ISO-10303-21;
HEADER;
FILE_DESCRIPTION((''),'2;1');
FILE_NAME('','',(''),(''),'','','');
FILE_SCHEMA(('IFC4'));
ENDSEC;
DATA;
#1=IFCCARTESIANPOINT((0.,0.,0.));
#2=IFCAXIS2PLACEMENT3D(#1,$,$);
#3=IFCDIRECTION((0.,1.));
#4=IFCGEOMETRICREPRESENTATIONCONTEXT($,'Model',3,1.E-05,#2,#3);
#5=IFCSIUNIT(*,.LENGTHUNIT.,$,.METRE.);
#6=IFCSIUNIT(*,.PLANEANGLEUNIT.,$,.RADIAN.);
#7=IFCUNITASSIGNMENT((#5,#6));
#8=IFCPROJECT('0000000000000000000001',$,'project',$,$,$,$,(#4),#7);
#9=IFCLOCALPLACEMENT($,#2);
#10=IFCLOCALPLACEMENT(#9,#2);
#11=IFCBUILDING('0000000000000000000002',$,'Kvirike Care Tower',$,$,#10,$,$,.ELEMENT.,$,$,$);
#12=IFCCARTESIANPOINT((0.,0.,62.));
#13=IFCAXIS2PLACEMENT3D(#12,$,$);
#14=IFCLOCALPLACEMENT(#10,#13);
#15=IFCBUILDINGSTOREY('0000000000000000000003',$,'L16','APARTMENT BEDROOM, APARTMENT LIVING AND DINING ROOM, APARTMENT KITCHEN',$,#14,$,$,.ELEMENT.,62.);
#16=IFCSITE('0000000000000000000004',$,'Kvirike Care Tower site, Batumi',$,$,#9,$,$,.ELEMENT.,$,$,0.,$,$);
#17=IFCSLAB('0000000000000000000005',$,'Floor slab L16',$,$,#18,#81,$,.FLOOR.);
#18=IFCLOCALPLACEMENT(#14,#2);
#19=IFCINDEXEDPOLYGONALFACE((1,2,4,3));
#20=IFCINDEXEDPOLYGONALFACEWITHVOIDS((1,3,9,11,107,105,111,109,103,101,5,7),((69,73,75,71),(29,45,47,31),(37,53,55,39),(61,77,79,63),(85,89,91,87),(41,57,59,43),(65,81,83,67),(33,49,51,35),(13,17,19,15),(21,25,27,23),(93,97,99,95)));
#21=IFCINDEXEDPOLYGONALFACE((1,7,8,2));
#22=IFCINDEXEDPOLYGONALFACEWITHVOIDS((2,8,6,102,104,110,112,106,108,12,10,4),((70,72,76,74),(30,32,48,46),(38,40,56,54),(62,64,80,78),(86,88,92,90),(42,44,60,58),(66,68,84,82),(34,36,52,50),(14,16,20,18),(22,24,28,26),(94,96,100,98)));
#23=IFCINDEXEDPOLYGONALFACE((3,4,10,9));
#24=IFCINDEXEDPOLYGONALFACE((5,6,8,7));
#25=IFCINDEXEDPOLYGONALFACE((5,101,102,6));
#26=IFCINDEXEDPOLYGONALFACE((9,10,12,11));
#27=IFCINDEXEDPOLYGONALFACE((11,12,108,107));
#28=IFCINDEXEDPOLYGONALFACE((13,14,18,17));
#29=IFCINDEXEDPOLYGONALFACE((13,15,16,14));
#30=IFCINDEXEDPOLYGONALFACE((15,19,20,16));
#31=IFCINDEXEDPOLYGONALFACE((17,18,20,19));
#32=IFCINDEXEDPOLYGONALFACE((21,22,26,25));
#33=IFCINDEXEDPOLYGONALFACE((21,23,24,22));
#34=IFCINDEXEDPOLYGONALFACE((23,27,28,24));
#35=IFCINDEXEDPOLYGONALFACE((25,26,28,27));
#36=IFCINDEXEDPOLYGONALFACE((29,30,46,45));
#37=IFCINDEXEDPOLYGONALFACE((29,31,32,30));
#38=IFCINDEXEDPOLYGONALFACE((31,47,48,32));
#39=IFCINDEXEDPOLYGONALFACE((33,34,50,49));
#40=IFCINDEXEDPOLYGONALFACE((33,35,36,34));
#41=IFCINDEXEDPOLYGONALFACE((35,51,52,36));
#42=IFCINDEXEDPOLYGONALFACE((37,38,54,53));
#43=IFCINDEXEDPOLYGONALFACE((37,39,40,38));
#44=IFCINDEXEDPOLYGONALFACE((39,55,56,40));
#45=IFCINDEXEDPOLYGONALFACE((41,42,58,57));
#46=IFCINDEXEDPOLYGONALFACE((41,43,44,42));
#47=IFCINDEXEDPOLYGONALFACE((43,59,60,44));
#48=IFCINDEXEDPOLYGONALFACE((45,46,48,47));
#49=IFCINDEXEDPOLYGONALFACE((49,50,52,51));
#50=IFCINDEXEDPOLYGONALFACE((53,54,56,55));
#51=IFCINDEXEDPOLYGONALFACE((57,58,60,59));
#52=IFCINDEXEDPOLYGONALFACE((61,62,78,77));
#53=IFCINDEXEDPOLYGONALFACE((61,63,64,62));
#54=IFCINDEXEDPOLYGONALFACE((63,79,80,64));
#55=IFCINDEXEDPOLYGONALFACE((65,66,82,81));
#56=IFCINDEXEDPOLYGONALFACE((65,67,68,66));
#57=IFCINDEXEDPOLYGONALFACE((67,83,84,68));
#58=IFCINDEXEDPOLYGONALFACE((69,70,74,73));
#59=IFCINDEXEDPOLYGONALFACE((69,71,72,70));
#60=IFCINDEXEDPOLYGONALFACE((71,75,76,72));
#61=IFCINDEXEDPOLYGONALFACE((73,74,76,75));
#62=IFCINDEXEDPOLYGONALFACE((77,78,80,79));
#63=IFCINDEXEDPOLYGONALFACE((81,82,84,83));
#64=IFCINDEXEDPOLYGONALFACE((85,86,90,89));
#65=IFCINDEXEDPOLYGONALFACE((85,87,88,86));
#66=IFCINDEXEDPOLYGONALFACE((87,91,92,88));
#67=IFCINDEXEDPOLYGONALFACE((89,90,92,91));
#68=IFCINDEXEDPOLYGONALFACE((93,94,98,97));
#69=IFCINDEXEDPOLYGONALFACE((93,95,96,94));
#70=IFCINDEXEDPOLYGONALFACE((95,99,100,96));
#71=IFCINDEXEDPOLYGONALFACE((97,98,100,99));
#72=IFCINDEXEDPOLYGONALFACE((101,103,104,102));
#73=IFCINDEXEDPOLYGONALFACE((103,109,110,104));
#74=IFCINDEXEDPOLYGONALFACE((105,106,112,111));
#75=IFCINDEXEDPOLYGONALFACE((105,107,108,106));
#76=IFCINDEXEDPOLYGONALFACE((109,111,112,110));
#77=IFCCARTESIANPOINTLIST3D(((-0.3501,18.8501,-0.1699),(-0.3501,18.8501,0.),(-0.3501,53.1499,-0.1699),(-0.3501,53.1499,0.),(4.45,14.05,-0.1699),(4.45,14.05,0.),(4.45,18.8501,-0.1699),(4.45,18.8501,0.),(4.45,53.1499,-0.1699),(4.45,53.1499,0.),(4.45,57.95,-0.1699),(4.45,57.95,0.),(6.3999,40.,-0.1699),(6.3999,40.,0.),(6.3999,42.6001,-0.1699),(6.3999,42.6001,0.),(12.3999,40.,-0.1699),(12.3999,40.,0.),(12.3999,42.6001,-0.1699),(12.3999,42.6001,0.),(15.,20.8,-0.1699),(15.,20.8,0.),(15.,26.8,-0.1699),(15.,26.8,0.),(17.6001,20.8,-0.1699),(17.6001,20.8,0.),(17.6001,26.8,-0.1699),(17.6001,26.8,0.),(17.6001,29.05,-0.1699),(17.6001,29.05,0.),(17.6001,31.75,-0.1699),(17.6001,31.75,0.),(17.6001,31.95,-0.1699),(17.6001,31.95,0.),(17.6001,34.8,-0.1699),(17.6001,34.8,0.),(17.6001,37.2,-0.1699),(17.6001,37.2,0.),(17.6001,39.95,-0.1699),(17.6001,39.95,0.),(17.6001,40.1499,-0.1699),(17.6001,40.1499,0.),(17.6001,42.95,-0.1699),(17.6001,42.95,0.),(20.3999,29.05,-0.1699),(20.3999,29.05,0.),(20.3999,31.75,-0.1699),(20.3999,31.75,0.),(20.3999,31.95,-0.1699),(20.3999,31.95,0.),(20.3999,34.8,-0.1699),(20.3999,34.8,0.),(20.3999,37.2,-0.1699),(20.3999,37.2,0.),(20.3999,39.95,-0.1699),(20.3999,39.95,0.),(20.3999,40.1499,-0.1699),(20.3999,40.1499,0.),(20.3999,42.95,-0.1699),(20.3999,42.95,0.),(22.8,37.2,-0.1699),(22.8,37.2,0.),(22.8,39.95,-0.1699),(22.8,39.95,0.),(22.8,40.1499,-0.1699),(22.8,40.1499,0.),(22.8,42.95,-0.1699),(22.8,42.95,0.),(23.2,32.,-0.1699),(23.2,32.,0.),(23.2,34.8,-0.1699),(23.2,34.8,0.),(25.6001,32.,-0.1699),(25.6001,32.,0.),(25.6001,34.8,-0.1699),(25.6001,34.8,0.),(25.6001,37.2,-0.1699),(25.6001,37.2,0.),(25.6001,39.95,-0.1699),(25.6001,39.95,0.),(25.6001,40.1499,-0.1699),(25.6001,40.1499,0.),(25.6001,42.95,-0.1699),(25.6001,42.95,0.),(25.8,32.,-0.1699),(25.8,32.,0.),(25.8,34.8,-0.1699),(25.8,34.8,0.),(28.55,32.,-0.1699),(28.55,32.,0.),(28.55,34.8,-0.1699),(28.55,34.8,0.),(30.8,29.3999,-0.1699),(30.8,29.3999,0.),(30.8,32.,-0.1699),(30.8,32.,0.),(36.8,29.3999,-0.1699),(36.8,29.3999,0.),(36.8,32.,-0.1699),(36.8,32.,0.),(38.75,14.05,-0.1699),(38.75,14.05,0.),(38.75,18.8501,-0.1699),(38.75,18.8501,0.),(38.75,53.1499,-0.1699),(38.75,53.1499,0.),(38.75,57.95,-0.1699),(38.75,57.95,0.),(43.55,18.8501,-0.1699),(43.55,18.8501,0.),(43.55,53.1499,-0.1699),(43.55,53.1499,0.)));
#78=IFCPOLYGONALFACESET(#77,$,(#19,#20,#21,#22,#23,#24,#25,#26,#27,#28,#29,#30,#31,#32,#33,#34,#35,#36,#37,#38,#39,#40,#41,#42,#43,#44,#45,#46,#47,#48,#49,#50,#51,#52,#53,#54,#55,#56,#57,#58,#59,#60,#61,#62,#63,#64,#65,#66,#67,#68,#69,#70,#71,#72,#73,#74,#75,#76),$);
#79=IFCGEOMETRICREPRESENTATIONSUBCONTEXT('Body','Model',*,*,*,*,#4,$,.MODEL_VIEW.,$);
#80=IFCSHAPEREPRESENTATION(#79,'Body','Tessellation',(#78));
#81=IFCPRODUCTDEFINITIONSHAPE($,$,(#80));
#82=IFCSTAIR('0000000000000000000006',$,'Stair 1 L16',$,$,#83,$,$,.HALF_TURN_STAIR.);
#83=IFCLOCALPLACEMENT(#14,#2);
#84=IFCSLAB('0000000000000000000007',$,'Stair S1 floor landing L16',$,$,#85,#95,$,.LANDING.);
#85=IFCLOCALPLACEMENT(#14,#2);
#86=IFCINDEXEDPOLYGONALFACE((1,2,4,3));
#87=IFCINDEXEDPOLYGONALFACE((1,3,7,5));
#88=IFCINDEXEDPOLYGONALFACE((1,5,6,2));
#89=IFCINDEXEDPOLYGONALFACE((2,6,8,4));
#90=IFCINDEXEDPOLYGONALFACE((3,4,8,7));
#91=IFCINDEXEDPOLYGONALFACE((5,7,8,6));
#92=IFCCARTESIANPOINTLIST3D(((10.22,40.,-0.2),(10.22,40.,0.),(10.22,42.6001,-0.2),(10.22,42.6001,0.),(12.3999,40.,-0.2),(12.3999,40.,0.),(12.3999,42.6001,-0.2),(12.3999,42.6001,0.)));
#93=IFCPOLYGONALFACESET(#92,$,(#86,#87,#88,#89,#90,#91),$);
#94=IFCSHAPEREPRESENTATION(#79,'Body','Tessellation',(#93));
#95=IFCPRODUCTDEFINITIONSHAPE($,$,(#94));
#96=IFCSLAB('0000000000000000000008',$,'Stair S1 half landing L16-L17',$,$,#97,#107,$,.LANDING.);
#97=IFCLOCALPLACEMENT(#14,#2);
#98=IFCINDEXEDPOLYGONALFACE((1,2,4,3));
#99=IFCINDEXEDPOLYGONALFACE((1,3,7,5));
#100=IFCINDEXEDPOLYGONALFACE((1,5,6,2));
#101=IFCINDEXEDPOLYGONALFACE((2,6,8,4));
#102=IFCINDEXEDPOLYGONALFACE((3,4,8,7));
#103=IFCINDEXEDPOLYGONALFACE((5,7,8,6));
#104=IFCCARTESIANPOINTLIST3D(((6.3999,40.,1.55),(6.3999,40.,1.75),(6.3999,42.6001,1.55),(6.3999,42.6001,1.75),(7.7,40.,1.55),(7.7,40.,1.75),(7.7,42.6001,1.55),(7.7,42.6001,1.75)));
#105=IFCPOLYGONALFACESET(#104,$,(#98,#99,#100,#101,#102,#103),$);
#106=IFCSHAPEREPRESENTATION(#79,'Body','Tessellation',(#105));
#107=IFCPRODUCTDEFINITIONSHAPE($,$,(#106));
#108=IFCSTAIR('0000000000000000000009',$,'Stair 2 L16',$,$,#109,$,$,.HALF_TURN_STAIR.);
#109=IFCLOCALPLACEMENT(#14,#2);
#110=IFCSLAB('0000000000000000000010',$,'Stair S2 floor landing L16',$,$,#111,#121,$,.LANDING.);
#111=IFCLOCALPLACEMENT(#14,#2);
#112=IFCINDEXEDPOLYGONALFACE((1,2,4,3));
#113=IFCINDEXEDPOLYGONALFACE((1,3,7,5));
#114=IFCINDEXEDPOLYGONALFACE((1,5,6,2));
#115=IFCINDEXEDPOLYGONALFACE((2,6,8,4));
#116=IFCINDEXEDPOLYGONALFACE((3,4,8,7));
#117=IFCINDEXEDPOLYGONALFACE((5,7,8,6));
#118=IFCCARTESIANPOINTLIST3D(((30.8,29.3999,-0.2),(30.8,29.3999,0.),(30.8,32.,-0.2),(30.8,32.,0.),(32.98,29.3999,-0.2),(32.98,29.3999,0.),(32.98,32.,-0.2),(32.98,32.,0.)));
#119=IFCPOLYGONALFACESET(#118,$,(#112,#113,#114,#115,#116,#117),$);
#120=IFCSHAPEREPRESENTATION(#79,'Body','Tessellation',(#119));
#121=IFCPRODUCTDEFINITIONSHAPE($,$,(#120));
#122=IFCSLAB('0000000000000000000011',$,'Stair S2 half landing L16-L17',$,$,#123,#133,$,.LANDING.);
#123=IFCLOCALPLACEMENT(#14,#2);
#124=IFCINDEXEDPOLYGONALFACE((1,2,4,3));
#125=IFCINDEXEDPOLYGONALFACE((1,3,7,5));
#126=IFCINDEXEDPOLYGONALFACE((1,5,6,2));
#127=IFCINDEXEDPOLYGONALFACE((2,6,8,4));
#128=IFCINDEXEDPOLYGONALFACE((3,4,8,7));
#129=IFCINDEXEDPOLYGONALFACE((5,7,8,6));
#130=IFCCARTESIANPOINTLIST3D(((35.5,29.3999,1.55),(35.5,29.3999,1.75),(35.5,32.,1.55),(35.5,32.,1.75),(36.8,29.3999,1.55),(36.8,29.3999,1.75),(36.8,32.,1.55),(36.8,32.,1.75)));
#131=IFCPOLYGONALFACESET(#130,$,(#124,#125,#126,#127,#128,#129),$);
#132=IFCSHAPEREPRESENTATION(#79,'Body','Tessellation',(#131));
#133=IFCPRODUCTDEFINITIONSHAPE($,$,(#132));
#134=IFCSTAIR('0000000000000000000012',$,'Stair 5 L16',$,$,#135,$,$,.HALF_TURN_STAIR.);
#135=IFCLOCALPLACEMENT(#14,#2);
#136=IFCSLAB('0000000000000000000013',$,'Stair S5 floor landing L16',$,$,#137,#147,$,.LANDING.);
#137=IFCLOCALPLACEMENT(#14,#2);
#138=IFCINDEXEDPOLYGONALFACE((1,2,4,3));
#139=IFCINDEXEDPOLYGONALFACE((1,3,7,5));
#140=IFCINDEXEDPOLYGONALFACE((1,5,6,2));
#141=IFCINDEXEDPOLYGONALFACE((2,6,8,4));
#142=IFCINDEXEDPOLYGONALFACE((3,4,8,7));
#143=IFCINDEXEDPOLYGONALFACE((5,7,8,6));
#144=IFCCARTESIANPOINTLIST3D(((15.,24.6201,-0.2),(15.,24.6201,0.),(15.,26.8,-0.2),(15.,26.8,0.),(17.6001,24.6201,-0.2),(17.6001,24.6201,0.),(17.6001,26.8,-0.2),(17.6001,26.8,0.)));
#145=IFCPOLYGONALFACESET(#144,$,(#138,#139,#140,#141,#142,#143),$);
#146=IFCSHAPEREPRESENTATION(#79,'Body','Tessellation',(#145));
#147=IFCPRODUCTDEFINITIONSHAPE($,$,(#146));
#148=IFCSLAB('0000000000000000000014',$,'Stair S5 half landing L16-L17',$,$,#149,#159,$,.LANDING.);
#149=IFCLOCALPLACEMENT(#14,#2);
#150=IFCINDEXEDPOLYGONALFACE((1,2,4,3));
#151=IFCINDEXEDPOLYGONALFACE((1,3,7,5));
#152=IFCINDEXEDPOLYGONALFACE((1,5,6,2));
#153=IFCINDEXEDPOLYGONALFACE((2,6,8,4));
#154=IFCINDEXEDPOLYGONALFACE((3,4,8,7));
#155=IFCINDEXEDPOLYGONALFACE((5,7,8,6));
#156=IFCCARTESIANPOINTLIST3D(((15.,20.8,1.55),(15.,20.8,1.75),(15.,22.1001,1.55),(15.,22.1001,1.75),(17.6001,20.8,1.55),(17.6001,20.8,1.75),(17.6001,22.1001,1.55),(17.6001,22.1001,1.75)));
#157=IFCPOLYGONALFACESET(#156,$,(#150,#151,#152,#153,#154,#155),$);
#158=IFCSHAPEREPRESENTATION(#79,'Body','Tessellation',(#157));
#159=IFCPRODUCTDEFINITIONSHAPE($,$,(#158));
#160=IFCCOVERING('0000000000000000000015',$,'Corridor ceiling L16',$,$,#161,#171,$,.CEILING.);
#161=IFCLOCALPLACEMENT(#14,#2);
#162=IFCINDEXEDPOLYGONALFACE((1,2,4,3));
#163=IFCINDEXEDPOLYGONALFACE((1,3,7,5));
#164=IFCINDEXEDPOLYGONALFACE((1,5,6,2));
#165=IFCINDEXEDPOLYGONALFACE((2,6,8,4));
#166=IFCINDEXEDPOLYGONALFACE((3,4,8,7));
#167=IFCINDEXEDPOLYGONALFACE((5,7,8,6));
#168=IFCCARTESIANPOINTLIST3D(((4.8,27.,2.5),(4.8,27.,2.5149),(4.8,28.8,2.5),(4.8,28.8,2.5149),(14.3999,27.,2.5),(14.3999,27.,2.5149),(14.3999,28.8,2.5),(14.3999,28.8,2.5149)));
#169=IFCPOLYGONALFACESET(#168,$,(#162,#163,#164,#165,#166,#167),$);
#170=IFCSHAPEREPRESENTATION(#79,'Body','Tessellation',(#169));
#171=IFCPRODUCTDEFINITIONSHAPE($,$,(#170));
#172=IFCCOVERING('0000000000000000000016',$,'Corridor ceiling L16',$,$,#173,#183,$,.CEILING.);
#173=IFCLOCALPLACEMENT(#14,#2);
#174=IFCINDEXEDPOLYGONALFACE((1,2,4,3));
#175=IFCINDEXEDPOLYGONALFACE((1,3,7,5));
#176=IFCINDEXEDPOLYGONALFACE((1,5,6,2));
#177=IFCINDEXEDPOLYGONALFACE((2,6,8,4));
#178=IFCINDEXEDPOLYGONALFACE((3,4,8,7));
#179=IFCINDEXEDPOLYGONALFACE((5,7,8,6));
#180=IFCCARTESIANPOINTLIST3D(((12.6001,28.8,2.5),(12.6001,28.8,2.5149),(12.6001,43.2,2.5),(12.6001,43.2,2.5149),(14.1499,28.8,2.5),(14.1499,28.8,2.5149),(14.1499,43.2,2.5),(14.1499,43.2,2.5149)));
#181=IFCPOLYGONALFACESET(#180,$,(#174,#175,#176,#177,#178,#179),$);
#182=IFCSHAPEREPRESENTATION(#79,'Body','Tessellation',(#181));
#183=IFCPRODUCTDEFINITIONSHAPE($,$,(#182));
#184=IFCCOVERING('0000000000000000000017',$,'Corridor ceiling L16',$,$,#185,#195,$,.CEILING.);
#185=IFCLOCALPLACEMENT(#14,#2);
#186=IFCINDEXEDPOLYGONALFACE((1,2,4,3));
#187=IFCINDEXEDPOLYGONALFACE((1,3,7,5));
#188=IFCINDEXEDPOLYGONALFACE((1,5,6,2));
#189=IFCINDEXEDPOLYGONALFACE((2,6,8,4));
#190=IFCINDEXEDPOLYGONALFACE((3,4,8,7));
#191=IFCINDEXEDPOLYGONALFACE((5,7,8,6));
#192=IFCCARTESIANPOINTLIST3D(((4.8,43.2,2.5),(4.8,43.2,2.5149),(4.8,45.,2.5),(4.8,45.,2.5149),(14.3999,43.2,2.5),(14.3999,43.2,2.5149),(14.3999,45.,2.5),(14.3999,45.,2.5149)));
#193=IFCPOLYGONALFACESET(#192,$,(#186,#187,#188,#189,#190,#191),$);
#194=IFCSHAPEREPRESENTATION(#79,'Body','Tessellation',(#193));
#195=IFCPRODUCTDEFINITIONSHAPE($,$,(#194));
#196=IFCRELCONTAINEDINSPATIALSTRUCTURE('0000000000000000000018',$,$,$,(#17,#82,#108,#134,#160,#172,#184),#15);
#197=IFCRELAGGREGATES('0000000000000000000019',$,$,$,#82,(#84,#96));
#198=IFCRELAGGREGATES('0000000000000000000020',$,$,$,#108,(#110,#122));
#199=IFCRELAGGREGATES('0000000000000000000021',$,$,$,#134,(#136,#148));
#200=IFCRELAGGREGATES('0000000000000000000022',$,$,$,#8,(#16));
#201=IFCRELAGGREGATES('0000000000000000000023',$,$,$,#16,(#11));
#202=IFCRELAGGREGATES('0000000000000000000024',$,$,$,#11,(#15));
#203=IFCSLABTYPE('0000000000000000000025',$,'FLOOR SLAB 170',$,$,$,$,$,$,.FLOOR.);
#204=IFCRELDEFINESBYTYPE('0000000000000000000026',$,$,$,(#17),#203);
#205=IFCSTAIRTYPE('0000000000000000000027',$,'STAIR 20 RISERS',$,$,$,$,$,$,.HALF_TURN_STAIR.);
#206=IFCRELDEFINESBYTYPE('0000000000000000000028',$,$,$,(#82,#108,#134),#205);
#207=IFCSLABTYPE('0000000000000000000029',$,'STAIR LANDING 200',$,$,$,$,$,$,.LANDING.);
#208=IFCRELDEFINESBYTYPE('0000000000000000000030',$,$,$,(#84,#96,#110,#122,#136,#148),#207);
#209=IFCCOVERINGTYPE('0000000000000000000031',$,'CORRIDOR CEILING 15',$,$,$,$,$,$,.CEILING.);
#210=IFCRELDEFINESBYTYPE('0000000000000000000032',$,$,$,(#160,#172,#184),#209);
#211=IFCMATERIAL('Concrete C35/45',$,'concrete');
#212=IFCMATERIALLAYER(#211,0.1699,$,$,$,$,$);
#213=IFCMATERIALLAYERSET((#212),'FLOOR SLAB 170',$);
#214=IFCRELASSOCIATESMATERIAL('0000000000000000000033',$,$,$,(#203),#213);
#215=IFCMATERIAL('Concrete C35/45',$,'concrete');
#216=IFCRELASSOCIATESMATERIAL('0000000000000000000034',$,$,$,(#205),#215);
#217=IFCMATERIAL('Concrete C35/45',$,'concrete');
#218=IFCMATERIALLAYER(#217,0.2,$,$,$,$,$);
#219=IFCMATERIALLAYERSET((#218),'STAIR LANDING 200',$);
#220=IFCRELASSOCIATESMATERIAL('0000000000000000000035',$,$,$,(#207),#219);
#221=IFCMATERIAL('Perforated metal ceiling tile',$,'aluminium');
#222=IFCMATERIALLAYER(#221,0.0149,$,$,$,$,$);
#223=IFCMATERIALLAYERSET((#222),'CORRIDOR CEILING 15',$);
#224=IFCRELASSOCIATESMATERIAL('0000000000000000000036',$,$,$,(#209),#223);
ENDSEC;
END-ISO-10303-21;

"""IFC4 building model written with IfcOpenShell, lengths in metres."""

from ifc_helpers import new_model, si_unit, direction, frame, origin, place, context, subcontext, project, spatial, polyline, outline, extrude, material, layer, layer_set, type_object, element, aggregate, save


model = new_model("IFC4")

# Units and contexts
model_context = context("Model", 3, precision=1e-05, world=origin(), true_north=direction((0.0, 1.0)))
body_context = subcontext(model_context, "Body", "Model", "MODEL_VIEW")
ifc_project = project(units=[si_unit("LENGTHUNIT", "METRE"), si_unit("PLANEANGLEUNIT", "RADIAN")], contexts=[model_context])

# Site, building, storey
site_placement = place(None, origin())
site = spatial("IfcSite", under=ifc_project, at=site_placement, Name="Kvirike Care Tower site, Batumi", CompositionType="ELEMENT", RefElevation=0.0)
building_placement = place(site_placement, origin())
building = spatial("IfcBuilding", under=site, at=building_placement, Name="Kvirike Care Tower", CompositionType="ELEMENT")
storey_placement = place(building_placement, frame((0.0, 0.0, 62.0)))
storey = spatial("IfcBuildingStorey", under=building, at=storey_placement, Name="L16", Description="APARTMENT BEDROOM, APARTMENT LIVING AND DINING ROOM, APARTMENT KITCHEN", CompositionType="ELEMENT", Elevation=62.0)

# Slab
ifc_material_1 = material(Name="Concrete C35/45", Category="concrete")
ifc_layer_1 = layer(ifc_material_1, 0.1699)
ifc_layer_set_1 = layer_set([ifc_layer_1], Name="FLOOR SLAB 170")
slab_type_1 = type_object("IfcSlabType", Name="FLOOR SLAB 170", PredefinedType="FLOOR", material=ifc_layer_set_1)
slab_1_placement = place(storey_placement, frame((0.0, 0.0, -0.1699)))
element("IfcSlab", 1, at=slab_1_placement, inside=storey, type_object=slab_type_1, Name="Floor slab L16", PredefinedType="FLOOR", context=body_context, shape_type="SweptSolid", body=[
    extrude(outline(polyline([(-0.3501, 53.1499), (-0.3501, 18.8501), (4.45, 18.8501), (4.45, 14.05), (38.75, 14.05), (38.75, 18.8501), (43.55, 18.8501), (43.55, 53.1499), (38.75, 53.1499), (38.75, 57.95), (4.45, 57.95), (4.45, 53.1499), (-0.3501, 53.1499)]), holes=[polyline([(17.6001, 29.05), (17.6001, 31.75), (20.3999, 31.75), (20.3999, 29.05), (17.6001, 29.05)]), polyline([(17.6001, 31.95), (17.6001, 34.8), (20.3999, 34.8), (20.3999, 31.95), (17.6001, 31.95)]), polyline([(17.6001, 37.2), (17.6001, 39.95), (20.3999, 39.95), (20.3999, 37.2), (17.6001, 37.2)]), polyline([(17.6001, 40.1499), (17.6001, 42.95), (20.3999, 42.95), (20.3999, 40.1499), (17.6001, 40.1499)]), polyline([(22.8, 37.2), (22.8, 39.95), (25.6001, 39.95), (25.6001, 37.2), (22.8, 37.2)]), polyline([(22.8, 40.1499), (22.8, 42.95), (25.6001, 42.95), (25.6001, 40.1499), (22.8, 40.1499)]), polyline([(23.2, 32.0), (23.2, 34.8), (25.6001, 34.8), (25.6001, 32.0), (23.2, 32.0)]), polyline([(25.8, 32.0), (25.8, 34.8), (28.55, 34.8), (28.55, 32.0), (25.8, 32.0)]), polyline([(12.3999, 42.6001), (12.3999, 40.0), (6.3999, 40.0), (6.3999, 42.6001), (12.3999, 42.6001)]), polyline([(30.8, 29.3999), (30.8, 32.0), (36.8, 32.0), (36.8, 29.3999), (30.8, 29.3999)]), polyline([(15.0, 26.8), (17.6001, 26.8), (17.6001, 20.8), (15.0, 20.8), (15.0, 26.8)])]), origin(), (0.0, 0.0, 1.0), 0.1699),
])

# Stairs, slabs
ifc_material_2 = material(Name="Concrete C35/45", Category="concrete")
stair_type = type_object("IfcStairType", Name="STAIR 20 RISERS", PredefinedType="HALF_TURN_STAIR", material=ifc_material_2)
stair_1_placement = place(storey_placement, origin())
stair_1 = element("IfcStair", 2, at=stair_1_placement, inside=storey, type_object=stair_type, Name="Stair 1 L16", PredefinedType="HALF_TURN_STAIR")
ifc_material_3 = material(Name="Concrete C35/45", Category="concrete")
ifc_layer_2 = layer(ifc_material_3, 0.2)
ifc_layer_set_2 = layer_set([ifc_layer_2], Name="STAIR LANDING 200")
slab_type_2 = type_object("IfcSlabType", Name="STAIR LANDING 200", PredefinedType="LANDING", material=ifc_layer_set_2)
slab_2_placement = place(storey_placement, frame((0.0, 0.0, -0.2)))
slab_2 = element("IfcSlab", 3, at=slab_2_placement, type_object=slab_type_2, Name="Stair S1 floor landing L16", PredefinedType="LANDING", context=body_context, shape_type="SweptSolid", body=[
    extrude(outline(polyline([(10.22, 42.6001), (10.22, 40.0), (12.3999, 40.0), (12.3999, 42.6001), (10.22, 42.6001)])), origin(), (0.0, 0.0, 1.0), 0.2),
])
slab_3_placement = place(storey_placement, frame((0.0, 0.0, 1.55)))
slab_3 = element("IfcSlab", 4, at=slab_3_placement, type_object=slab_type_2, Name="Stair S1 half landing L16-L17", PredefinedType="LANDING", context=body_context, shape_type="SweptSolid", body=[
    extrude(outline(polyline([(6.3999, 42.6001), (6.3999, 40.0), (7.7, 40.0), (7.7, 42.6001), (6.3999, 42.6001)])), origin(), (0.0, 0.0, 1.0), 0.2),
])
aggregate(stair_1, [slab_2, slab_3])
stair_2_placement = place(storey_placement, origin())
stair_2 = element("IfcStair", 5, at=stair_2_placement, inside=storey, type_object=stair_type, Name="Stair 2 L16", PredefinedType="HALF_TURN_STAIR")
slab_4_placement = place(storey_placement, frame((0.0, 0.0, -0.2)))
slab_4 = element("IfcSlab", 6, at=slab_4_placement, type_object=slab_type_2, Name="Stair S2 floor landing L16", PredefinedType="LANDING", context=body_context, shape_type="SweptSolid", body=[
    extrude(outline(polyline([(32.98, 29.3999), (32.98, 32.0), (30.8, 32.0), (30.8, 29.3999), (32.98, 29.3999)])), origin(), (0.0, 0.0, 1.0), 0.2),
])
slab_5_placement = place(storey_placement, frame((0.0, 0.0, 1.55)))
slab_5 = element("IfcSlab", 7, at=slab_5_placement, type_object=slab_type_2, Name="Stair S2 half landing L16-L17", PredefinedType="LANDING", context=body_context, shape_type="SweptSolid", body=[
    extrude(outline(polyline([(36.8, 29.3999), (36.8, 32.0), (35.5, 32.0), (35.5, 29.3999), (36.8, 29.3999)])), origin(), (0.0, 0.0, 1.0), 0.2),
])
aggregate(stair_2, [slab_4, slab_5])
stair_3_placement = place(storey_placement, origin())
stair_3 = element("IfcStair", 8, at=stair_3_placement, inside=storey, type_object=stair_type, Name="Stair 5 L16", PredefinedType="HALF_TURN_STAIR")
slab_6_placement = place(storey_placement, frame((0.0, 0.0, -0.2)))
slab_6 = element("IfcSlab", 9, at=slab_6_placement, type_object=slab_type_2, Name="Stair S5 floor landing L16", PredefinedType="LANDING", context=body_context, shape_type="SweptSolid", body=[
    extrude(outline(polyline([(15.0, 24.6201), (17.6001, 24.6201), (17.6001, 26.8), (15.0, 26.8), (15.0, 24.6201)])), origin(), (0.0, 0.0, 1.0), 0.2),
])
slab_7_placement = place(storey_placement, frame((0.0, 0.0, 1.55)))
slab_7 = element("IfcSlab", 10, at=slab_7_placement, type_object=slab_type_2, Name="Stair S5 half landing L16-L17", PredefinedType="LANDING", context=body_context, shape_type="SweptSolid", body=[
    extrude(outline(polyline([(15.0, 20.8), (17.6001, 20.8), (17.6001, 22.1001), (15.0, 22.1001), (15.0, 20.8)])), origin(), (0.0, 0.0, 1.0), 0.2),
])
aggregate(stair_3, [slab_6, slab_7])

# Coverings
ifc_material_4 = material(Name="Perforated metal ceiling tile", Category="aluminium")
ifc_layer_3 = layer(ifc_material_4, 0.0149)
ifc_layer_set_3 = layer_set([ifc_layer_3], Name="CORRIDOR CEILING 15")
covering_type_1 = type_object("IfcCoveringType", Name="CORRIDOR CEILING 15", PredefinedType="CEILING", material=ifc_layer_set_3)
covering_1_placement = place(storey_placement, frame((0.0, 0.0, 2.5)))
element("IfcCovering", 11, at=covering_1_placement, inside=storey, type_object=covering_type_1, Name="Corridor ceiling L16", PredefinedType="CEILING", context=body_context, shape_type="SweptSolid", body=[
    extrude(outline(polyline([(4.8, 27.0), (4.8, 28.8), (14.3999, 28.8), (14.3999, 27.0), (4.8, 27.0)])), origin(), (0.0, 0.0, 1.0), 0.0149),
])
covering_2_placement = place(storey_placement, frame((0.0, 0.0, 2.5)))
element("IfcCovering", 12, at=covering_2_placement, inside=storey, type_object=covering_type_1, Name="Corridor ceiling L16", PredefinedType="CEILING", context=body_context, shape_type="SweptSolid", body=[
    extrude(outline(polyline([(12.6001, 43.2), (14.1499, 43.2), (14.1499, 28.8), (12.6001, 28.8), (12.6001, 43.2)])), origin(), (0.0, 0.0, 1.0), 0.0149),
])
covering_3_placement = place(storey_placement, frame((0.0, 0.0, 2.5)))
element("IfcCovering", 13, at=covering_3_placement, inside=storey, type_object=covering_type_1, Name="Corridor ceiling L16", PredefinedType="CEILING", context=body_context, shape_type="SweptSolid", body=[
    extrude(outline(polyline([(14.3999, 45.0), (14.3999, 43.2), (4.8, 43.2), (4.8, 45.0), (14.3999, 45.0)])), origin(), (0.0, 0.0, 1.0), 0.0149),
])

save(model, "model.ifc")
